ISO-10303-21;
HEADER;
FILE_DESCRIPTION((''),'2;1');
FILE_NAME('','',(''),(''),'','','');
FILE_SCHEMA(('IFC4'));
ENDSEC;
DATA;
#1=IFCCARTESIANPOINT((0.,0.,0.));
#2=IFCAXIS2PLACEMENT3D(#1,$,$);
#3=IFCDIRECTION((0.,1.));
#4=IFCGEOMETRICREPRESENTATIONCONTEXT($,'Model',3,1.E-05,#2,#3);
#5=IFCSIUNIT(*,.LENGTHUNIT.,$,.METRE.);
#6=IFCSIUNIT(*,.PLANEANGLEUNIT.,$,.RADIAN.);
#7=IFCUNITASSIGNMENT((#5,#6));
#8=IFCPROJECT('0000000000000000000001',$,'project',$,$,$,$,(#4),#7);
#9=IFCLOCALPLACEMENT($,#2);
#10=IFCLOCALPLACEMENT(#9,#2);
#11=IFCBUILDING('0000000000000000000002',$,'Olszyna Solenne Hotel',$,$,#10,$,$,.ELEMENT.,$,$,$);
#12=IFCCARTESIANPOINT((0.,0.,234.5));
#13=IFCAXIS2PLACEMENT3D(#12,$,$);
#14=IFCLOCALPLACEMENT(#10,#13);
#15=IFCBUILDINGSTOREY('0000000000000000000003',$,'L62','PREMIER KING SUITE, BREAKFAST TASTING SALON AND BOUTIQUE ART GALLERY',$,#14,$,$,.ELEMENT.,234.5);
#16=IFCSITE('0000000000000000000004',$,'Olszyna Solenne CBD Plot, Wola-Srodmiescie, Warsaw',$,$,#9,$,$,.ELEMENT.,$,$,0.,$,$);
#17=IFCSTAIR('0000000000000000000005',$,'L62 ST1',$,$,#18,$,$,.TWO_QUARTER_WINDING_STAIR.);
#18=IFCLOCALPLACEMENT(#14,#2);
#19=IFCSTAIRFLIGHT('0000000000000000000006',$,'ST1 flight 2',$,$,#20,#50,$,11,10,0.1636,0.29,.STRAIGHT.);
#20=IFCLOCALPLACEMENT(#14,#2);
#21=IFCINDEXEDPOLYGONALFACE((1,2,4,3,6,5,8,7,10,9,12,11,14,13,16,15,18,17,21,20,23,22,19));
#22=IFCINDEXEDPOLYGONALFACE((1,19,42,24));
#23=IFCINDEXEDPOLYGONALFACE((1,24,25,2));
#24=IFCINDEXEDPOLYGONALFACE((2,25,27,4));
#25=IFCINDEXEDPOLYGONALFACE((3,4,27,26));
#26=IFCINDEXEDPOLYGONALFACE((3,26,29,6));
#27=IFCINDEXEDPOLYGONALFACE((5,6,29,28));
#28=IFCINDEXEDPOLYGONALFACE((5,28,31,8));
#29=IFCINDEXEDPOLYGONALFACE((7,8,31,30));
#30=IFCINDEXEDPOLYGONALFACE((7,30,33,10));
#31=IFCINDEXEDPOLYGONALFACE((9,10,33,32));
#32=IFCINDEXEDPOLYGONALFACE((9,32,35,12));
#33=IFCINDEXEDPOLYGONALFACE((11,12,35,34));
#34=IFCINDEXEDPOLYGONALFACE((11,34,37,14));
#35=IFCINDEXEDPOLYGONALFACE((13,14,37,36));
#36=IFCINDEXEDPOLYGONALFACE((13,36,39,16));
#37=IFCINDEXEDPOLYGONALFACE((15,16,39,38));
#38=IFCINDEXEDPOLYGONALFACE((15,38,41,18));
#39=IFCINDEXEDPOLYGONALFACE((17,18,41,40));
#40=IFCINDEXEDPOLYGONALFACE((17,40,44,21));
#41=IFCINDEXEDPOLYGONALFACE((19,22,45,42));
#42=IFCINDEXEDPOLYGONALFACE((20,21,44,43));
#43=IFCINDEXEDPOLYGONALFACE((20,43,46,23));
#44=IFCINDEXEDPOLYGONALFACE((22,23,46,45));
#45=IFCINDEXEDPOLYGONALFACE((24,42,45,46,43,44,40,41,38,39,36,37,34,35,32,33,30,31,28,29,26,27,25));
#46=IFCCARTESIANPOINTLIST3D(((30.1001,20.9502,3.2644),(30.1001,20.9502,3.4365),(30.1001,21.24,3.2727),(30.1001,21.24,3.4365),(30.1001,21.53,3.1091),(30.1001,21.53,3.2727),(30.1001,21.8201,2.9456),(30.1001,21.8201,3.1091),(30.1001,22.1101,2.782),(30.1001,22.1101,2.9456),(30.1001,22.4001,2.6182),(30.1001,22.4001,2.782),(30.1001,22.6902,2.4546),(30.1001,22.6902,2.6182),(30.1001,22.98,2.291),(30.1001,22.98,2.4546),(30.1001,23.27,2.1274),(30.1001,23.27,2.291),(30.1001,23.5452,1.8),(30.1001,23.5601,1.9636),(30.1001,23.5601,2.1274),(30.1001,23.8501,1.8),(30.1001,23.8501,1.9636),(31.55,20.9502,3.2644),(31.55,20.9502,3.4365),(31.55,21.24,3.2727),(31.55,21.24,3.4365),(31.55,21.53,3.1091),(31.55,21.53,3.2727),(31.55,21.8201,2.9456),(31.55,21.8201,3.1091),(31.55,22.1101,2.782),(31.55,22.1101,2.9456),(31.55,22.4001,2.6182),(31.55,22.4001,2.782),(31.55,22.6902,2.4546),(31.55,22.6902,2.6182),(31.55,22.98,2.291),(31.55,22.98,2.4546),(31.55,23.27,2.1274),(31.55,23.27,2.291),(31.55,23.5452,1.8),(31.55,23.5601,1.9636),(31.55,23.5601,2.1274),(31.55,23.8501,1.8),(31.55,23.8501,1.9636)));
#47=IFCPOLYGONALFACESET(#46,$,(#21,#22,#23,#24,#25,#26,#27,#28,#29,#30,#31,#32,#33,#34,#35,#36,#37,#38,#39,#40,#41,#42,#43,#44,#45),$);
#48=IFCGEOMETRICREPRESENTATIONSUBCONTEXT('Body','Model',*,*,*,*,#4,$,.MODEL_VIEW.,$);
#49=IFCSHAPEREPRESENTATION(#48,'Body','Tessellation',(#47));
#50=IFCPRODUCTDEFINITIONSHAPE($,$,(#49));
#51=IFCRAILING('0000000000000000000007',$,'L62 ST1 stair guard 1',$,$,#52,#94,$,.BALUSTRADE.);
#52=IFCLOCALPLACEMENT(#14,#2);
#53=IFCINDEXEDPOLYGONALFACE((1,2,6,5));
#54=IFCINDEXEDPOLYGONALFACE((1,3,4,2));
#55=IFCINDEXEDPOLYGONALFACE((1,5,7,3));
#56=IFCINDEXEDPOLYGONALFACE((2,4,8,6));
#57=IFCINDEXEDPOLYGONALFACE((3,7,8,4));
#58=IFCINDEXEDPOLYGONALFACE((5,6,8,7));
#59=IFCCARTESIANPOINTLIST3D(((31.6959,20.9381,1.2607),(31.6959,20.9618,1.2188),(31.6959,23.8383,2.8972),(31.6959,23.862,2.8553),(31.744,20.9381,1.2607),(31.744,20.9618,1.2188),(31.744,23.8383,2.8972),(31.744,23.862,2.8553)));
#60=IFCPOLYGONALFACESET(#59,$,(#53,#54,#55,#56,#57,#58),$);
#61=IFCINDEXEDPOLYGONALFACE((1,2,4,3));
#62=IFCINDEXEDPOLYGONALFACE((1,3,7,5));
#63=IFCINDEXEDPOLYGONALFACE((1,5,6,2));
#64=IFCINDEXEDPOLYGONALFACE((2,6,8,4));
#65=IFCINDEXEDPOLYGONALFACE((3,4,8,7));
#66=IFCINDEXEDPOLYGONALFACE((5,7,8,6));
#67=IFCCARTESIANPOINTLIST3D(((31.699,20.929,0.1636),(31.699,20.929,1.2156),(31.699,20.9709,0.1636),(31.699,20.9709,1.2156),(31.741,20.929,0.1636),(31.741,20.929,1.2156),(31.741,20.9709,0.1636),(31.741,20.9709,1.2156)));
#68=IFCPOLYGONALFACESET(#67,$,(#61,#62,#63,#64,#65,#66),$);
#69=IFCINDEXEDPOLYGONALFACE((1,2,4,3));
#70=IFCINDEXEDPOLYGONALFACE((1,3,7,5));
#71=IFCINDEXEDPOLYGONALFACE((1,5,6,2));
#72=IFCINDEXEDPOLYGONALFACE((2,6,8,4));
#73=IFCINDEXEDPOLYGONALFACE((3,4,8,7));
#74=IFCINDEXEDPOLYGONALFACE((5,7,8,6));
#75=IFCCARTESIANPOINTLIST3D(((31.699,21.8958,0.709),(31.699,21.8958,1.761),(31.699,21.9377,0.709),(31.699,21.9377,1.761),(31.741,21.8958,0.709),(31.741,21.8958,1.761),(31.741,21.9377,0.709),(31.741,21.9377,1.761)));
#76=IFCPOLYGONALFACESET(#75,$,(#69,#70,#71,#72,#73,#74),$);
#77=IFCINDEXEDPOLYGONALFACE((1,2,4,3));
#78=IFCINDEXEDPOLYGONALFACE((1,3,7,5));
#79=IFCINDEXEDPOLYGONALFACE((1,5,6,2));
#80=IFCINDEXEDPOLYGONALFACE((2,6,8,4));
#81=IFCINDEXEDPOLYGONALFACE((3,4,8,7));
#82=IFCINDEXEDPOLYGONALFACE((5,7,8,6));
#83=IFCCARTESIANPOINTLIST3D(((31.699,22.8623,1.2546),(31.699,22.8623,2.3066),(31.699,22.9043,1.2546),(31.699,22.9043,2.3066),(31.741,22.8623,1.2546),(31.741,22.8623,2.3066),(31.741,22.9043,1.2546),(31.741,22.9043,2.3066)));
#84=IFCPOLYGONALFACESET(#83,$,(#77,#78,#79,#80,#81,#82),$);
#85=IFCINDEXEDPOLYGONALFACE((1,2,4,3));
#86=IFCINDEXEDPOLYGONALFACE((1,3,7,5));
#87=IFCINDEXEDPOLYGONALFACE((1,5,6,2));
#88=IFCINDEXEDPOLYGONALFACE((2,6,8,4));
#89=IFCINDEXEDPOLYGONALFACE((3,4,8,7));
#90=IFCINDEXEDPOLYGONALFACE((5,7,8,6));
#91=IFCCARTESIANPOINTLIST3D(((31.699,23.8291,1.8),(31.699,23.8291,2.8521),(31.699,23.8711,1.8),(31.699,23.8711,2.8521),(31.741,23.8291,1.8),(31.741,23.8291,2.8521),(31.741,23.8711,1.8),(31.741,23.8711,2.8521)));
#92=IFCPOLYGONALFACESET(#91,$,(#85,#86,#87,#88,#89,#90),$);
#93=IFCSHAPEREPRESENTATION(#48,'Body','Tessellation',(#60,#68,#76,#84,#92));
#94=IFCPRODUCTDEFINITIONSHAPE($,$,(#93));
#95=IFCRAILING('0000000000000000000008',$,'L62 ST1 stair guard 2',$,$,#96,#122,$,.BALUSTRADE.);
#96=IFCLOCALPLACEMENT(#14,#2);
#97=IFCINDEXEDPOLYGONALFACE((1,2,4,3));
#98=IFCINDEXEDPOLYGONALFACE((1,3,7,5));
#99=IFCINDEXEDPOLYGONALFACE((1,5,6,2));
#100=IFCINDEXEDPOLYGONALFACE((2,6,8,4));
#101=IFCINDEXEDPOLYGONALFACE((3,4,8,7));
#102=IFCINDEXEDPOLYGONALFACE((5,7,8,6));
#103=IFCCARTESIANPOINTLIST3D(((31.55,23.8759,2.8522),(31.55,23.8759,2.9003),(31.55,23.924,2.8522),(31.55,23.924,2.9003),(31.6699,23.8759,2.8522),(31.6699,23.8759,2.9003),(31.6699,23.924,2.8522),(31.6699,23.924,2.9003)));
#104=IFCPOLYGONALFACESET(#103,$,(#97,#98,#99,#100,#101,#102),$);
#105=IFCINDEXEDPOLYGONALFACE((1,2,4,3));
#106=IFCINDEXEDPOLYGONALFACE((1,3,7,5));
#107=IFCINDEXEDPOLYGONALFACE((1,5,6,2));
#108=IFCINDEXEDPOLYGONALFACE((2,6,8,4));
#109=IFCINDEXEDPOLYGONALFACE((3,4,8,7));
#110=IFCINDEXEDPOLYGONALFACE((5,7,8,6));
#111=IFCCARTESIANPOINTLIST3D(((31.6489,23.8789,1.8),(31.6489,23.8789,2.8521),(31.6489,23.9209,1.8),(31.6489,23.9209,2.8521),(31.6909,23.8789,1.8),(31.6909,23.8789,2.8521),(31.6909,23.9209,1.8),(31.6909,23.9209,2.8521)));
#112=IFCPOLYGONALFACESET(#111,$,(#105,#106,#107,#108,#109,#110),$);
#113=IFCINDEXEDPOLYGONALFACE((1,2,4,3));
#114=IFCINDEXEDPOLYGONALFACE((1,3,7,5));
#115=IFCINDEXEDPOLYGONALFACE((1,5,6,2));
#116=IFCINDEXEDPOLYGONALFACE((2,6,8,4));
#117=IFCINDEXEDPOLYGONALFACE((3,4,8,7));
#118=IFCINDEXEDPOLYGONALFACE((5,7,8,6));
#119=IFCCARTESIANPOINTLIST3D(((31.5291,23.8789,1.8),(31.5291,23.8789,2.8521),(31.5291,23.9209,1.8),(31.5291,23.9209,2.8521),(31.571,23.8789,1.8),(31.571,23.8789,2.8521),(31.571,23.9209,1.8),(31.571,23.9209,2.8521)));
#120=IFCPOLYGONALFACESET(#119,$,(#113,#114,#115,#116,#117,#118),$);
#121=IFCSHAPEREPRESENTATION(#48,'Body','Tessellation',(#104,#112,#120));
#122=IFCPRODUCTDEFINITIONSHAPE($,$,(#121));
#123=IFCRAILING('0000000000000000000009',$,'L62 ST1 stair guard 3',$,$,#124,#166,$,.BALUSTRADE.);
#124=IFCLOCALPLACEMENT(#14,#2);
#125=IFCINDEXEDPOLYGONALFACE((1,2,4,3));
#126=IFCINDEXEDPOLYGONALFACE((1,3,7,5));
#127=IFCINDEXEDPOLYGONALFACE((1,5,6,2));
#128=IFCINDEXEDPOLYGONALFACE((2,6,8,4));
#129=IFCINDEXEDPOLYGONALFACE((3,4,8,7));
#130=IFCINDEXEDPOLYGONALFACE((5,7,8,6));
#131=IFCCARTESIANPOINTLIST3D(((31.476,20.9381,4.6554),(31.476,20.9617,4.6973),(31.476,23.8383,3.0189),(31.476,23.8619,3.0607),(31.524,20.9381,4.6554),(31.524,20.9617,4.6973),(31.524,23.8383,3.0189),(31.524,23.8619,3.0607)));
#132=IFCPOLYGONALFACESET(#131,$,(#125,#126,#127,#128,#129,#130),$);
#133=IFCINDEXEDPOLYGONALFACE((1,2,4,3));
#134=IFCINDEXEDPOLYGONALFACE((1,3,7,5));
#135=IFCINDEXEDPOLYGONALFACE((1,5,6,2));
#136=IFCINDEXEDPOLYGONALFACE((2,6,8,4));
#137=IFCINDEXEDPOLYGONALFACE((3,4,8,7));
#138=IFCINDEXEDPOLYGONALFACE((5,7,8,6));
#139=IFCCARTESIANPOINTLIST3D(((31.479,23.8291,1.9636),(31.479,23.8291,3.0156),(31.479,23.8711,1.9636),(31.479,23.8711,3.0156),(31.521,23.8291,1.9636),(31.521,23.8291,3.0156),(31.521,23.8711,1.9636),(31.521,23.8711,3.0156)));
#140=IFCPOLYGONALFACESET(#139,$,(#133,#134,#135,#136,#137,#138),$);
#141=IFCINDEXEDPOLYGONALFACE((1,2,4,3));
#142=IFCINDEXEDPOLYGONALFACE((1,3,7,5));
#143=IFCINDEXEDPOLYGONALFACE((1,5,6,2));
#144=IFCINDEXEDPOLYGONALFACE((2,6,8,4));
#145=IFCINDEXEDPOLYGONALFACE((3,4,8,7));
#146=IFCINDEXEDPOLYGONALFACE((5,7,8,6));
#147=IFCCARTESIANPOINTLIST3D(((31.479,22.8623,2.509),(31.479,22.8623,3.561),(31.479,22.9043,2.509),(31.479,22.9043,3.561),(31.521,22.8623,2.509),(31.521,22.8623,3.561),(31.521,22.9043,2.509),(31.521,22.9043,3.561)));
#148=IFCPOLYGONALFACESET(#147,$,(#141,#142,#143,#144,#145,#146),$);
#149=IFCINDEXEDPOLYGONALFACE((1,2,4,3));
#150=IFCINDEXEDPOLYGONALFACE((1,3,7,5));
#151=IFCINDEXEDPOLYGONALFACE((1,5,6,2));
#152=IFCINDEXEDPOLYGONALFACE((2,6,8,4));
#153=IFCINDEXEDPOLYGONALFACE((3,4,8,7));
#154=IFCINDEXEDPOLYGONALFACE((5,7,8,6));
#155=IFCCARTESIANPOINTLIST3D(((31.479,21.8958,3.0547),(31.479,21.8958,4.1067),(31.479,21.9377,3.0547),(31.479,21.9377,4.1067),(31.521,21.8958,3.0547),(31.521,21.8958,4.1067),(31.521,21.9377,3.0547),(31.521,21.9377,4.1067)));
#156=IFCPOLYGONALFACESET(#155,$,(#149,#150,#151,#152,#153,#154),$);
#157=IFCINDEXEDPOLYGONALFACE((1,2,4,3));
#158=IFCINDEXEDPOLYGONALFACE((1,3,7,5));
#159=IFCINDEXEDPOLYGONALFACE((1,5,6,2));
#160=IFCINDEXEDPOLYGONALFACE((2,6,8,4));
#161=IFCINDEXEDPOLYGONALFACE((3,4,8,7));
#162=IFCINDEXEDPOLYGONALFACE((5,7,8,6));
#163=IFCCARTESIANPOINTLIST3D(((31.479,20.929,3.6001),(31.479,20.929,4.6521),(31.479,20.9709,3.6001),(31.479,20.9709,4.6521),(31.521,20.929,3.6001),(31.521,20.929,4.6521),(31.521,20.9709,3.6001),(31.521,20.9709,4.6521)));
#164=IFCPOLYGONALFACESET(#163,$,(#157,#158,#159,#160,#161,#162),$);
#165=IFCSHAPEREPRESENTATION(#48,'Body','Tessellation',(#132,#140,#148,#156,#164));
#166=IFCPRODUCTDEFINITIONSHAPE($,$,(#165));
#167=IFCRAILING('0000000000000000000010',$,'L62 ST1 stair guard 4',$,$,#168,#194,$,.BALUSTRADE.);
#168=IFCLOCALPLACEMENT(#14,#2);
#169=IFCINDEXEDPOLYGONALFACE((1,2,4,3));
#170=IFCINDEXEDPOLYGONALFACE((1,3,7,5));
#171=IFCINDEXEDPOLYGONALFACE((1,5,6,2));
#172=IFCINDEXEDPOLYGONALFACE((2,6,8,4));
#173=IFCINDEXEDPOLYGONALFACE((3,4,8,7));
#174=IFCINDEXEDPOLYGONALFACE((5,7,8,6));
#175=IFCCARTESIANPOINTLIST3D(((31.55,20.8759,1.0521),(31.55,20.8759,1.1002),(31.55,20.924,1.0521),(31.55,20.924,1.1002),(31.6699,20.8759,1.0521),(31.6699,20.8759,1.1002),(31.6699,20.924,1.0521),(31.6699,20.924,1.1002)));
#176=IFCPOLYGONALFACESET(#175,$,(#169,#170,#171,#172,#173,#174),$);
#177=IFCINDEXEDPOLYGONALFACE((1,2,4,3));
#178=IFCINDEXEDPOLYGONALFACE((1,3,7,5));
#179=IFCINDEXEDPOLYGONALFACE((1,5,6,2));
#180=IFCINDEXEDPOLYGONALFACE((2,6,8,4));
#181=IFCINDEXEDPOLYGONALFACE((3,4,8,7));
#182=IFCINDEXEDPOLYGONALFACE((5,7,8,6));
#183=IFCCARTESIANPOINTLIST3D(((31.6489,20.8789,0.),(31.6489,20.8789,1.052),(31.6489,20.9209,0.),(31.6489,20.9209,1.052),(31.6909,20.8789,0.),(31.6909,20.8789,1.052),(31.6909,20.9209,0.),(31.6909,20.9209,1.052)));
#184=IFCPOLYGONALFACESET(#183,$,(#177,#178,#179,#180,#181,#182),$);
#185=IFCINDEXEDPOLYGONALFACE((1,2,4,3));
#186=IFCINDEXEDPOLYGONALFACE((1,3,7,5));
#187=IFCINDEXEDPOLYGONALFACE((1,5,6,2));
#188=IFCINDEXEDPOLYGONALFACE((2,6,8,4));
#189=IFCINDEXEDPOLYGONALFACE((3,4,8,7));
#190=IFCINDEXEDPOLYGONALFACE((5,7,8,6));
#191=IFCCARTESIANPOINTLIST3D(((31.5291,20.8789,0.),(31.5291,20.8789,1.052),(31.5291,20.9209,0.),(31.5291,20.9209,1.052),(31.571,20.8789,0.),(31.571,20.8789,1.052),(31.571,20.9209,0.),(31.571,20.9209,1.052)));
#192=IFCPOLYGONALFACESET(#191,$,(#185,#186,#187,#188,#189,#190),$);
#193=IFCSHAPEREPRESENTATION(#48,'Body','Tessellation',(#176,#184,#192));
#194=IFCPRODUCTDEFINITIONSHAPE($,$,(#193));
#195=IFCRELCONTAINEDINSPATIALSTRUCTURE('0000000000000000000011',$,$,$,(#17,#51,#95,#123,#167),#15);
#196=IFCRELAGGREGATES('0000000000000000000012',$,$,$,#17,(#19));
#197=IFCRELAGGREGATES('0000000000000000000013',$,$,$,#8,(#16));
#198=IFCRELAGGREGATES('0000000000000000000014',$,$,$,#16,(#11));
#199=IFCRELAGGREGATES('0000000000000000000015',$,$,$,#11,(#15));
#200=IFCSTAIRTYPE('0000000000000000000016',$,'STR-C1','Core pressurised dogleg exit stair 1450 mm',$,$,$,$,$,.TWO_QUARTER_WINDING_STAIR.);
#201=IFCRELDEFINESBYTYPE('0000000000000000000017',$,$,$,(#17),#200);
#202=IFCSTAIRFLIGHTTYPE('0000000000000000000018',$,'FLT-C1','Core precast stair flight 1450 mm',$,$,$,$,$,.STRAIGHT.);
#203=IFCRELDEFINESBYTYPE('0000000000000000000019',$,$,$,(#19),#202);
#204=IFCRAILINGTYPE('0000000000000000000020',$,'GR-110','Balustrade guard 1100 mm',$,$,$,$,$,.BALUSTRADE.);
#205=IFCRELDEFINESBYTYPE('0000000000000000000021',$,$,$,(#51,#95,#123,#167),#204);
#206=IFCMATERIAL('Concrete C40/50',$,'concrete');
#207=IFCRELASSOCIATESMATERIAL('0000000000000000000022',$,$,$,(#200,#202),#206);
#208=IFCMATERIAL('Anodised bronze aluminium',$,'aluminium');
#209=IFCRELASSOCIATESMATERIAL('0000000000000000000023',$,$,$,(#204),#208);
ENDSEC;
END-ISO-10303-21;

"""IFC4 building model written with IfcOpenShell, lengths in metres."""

from ifc_helpers import new_model, si_unit, direction, frame, origin, origin_2d, place, context, subcontext, project, spatial, polyline, rectangle, outline, extrude, material, type_object, element, aggregate, save


model = new_model("IFC4")

# Units and contexts
model_context = context("Model", 3, precision=1e-05, world=origin(), true_north=direction((0.0, 1.0)))
body_context = subcontext(model_context, "Body", "Model", "MODEL_VIEW")
ifc_project = project(units=[si_unit("LENGTHUNIT", "METRE"), si_unit("PLANEANGLEUNIT", "RADIAN")], contexts=[model_context])

# Site, building, storey
site_placement = place(None, origin())
site = spatial("IfcSite", under=ifc_project, at=site_placement, Name="Olszyna Solenne CBD Plot, Wola-Srodmiescie, Warsaw", CompositionType="ELEMENT", RefElevation=0.0)
building_placement = place(site_placement, origin())
building = spatial("IfcBuilding", under=site, at=building_placement, Name="Olszyna Solenne Hotel", CompositionType="ELEMENT")
storey_placement = place(building_placement, frame((0.0, 0.0, 234.5)))
storey = spatial("IfcBuildingStorey", under=building, at=storey_placement, Name="L62", Description="PREMIER KING SUITE, BREAKFAST TASTING SALON AND BOUTIQUE ART GALLERY", CompositionType="ELEMENT", Elevation=234.5)

# Shared definitions
ifc_material_1 = material(Name="Anodised bronze aluminium", Category="aluminium")

# Stair, stair flight
ifc_material_2 = material(Name="Concrete C40/50", Category="concrete")
stair_type = type_object("IfcStairType", Name="STR-C1", Description="Core pressurised dogleg exit stair 1450 mm", PredefinedType="TWO_QUARTER_WINDING_STAIR", material=ifc_material_2)
stair_placement = place(storey_placement, origin())
stair = element("IfcStair", 1, at=stair_placement, inside=storey, type_object=stair_type, Name="L62 ST1", PredefinedType="TWO_QUARTER_WINDING_STAIR")
stair_flight_type = type_object("IfcStairFlightType", Name="FLT-C1", Description="Core precast stair flight 1450 mm", PredefinedType="STRAIGHT", material=ifc_material_2)
stair_flight_1_placement = place(storey_placement, frame((30.825, 23.8501, 1.8), z_axis=(0.0, 0.0, 1.0), x_axis=(0.0, -1.0, 0.0)))
stair_flight_1 = element("IfcStairFlight", 2, at=stair_flight_1_placement, type_object=stair_flight_type, Name="ST1 flight 2", NumberOfRisers=11, NumberOfTreads=10, PredefinedType="STRAIGHT", RiserHeight=0.1636, TreadLength=0.29, context=body_context, shape_type="SweptSolid", body=[
    extrude(outline(polyline([(0.0, 0.0), (0.0, 0.1636), (0.29, 0.1636), (0.29, 0.3274), (0.5801, 0.3274), (0.5801, 0.491), (0.8701, 0.491), (0.8701, 0.6545), (1.1599, 0.6545), (1.1599, 0.8181), (1.45, 0.8181), (1.45, 0.9819), (1.74, 0.9819), (1.74, 1.1455), (2.03, 1.1455), (2.03, 1.3091), (2.3201, 1.3091), (2.3201, 1.4727), (2.6101, 1.4727), (2.6101, 1.6365), (2.8999, 1.6365), (2.8999, 1.8), (2.8999, 1.4644), (0.3049, 0.0), (0.0, 0.0)])), frame((0.0, 0.7251, 0.0), z_axis=(0.0, -1.0, 0.0), x_axis=(1.0, 0.0, 0.0)), (0.0, 0.0, 1.0), 1.45),
])
aggregate(stair, [stair_flight_1])

# Railings
railing_type_1 = type_object("IfcRailingType", Name="GR-110", Description="Balustrade guard 1100 mm", PredefinedType="BALUSTRADE", material=ifc_material_1)
railing_1_placement = place(storey_placement, frame((31.72, 20.95, 0.1636)))
element("IfcRailing", 3, at=railing_1_placement, inside=storey, type_object=railing_type_1, Name="L62 ST1 stair guard 1", PredefinedType="BALUSTRADE", context=body_context, shape_type="SweptSolid", body=[
    extrude(rectangle(XDim=0.0481, YDim=0.0481, at=origin_2d()), frame((0.0, 0.0, 1.0762), z_axis=(0.0, 0.870915, 0.491434), x_axis=(-1.0, 0.0, 0.0)), (0.0, 0.0, 1.0), 3.3301),
    extrude(rectangle(XDim=0.042, YDim=0.042, at=origin_2d()), origin(), (0.0, 0.0, 1.0), 1.052),
    extrude(rectangle(XDim=0.042, YDim=0.042, at=origin_2d()), frame((0.0, 0.9668, 0.5454)), (0.0, 0.0, 1.0), 1.052),
    extrude(rectangle(XDim=0.042, YDim=0.042, at=origin_2d()), frame((0.0, 1.9333, 1.0911)), (0.0, 0.0, 1.0), 1.052),
    extrude(rectangle(XDim=0.042, YDim=0.042, at=origin_2d()), frame((0.0, 2.9001, 1.6365)), (0.0, 0.0, 1.0), 1.052),
])
railing_2_placement = place(storey_placement, frame((31.6699, 23.8999, 1.8)))
element("IfcRailing", 4, at=railing_2_placement, inside=storey, type_object=railing_type_1, Name="L62 ST1 stair guard 2", PredefinedType="BALUSTRADE", context=body_context, shape_type="SweptSolid", body=[
    extrude(rectangle(XDim=0.0481, YDim=0.0481, at=origin_2d()), frame((0.0, 0.0, 1.0762), z_axis=(-1.0, 0.0, 0.0), x_axis=(0.0, -1.0, 0.0)), (0.0, 0.0, 1.0), 0.1199),
    extrude(rectangle(XDim=0.042, YDim=0.042, at=origin_2d()), origin(), (0.0, 0.0, 1.0), 1.052),
    extrude(rectangle(XDim=0.042, YDim=0.042, at=origin_2d()), frame((-0.1199, 0.0, 0.0)), (0.0, 0.0, 1.0), 1.052),
])
railing_3_placement = place(storey_placement, frame((31.5, 23.8501, 1.9636)))
element("IfcRailing", 5, at=railing_3_placement, inside=storey, type_object=railing_type_1, Name="L62 ST1 stair guard 3", PredefinedType="BALUSTRADE", context=body_context, shape_type="SweptSolid", body=[
    extrude(rectangle(XDim=0.0481, YDim=0.0481, at=origin_2d()), frame((0.0, 0.0, 1.0762), z_axis=(0.0, -0.870915, 0.491434), x_axis=(1.0, 0.0, 0.0)), (0.0, 0.0, 1.0), 3.3301),
    extrude(rectangle(XDim=0.042, YDim=0.042, at=origin_2d()), origin(), (0.0, 0.0, 1.0), 1.052),
    extrude(rectangle(XDim=0.042, YDim=0.042, at=origin_2d()), frame((0.0, -0.9668, 0.5454)), (0.0, 0.0, 1.0), 1.052),
    extrude(rectangle(XDim=0.042, YDim=0.042, at=origin_2d()), frame((0.0, -1.9333, 1.0911)), (0.0, 0.0, 1.0), 1.052),
    extrude(rectangle(XDim=0.042, YDim=0.042, at=origin_2d()), frame((0.0, -2.9001, 1.6365)), (0.0, 0.0, 1.0), 1.052),
])
railing_4_placement = place(storey_placement, frame((31.6699, 20.8999, 0.0)))
element("IfcRailing", 6, at=railing_4_placement, inside=storey, type_object=railing_type_1, Name="L62 ST1 stair guard 4", PredefinedType="BALUSTRADE", context=body_context, shape_type="SweptSolid", body=[
    extrude(rectangle(XDim=0.0481, YDim=0.0481, at=origin_2d()), frame((0.0, 0.0, 1.0762), z_axis=(-1.0, 0.0, 0.0), x_axis=(0.0, -1.0, 0.0)), (0.0, 0.0, 1.0), 0.1199),
    extrude(rectangle(XDim=0.042, YDim=0.042, at=origin_2d()), origin(), (0.0, 0.0, 1.0), 1.052),
    extrude(rectangle(XDim=0.042, YDim=0.042, at=origin_2d()), frame((-0.1199, 0.0, 0.0)), (0.0, 0.0, 1.0), 1.052),
])

save(model, "model.ifc")
